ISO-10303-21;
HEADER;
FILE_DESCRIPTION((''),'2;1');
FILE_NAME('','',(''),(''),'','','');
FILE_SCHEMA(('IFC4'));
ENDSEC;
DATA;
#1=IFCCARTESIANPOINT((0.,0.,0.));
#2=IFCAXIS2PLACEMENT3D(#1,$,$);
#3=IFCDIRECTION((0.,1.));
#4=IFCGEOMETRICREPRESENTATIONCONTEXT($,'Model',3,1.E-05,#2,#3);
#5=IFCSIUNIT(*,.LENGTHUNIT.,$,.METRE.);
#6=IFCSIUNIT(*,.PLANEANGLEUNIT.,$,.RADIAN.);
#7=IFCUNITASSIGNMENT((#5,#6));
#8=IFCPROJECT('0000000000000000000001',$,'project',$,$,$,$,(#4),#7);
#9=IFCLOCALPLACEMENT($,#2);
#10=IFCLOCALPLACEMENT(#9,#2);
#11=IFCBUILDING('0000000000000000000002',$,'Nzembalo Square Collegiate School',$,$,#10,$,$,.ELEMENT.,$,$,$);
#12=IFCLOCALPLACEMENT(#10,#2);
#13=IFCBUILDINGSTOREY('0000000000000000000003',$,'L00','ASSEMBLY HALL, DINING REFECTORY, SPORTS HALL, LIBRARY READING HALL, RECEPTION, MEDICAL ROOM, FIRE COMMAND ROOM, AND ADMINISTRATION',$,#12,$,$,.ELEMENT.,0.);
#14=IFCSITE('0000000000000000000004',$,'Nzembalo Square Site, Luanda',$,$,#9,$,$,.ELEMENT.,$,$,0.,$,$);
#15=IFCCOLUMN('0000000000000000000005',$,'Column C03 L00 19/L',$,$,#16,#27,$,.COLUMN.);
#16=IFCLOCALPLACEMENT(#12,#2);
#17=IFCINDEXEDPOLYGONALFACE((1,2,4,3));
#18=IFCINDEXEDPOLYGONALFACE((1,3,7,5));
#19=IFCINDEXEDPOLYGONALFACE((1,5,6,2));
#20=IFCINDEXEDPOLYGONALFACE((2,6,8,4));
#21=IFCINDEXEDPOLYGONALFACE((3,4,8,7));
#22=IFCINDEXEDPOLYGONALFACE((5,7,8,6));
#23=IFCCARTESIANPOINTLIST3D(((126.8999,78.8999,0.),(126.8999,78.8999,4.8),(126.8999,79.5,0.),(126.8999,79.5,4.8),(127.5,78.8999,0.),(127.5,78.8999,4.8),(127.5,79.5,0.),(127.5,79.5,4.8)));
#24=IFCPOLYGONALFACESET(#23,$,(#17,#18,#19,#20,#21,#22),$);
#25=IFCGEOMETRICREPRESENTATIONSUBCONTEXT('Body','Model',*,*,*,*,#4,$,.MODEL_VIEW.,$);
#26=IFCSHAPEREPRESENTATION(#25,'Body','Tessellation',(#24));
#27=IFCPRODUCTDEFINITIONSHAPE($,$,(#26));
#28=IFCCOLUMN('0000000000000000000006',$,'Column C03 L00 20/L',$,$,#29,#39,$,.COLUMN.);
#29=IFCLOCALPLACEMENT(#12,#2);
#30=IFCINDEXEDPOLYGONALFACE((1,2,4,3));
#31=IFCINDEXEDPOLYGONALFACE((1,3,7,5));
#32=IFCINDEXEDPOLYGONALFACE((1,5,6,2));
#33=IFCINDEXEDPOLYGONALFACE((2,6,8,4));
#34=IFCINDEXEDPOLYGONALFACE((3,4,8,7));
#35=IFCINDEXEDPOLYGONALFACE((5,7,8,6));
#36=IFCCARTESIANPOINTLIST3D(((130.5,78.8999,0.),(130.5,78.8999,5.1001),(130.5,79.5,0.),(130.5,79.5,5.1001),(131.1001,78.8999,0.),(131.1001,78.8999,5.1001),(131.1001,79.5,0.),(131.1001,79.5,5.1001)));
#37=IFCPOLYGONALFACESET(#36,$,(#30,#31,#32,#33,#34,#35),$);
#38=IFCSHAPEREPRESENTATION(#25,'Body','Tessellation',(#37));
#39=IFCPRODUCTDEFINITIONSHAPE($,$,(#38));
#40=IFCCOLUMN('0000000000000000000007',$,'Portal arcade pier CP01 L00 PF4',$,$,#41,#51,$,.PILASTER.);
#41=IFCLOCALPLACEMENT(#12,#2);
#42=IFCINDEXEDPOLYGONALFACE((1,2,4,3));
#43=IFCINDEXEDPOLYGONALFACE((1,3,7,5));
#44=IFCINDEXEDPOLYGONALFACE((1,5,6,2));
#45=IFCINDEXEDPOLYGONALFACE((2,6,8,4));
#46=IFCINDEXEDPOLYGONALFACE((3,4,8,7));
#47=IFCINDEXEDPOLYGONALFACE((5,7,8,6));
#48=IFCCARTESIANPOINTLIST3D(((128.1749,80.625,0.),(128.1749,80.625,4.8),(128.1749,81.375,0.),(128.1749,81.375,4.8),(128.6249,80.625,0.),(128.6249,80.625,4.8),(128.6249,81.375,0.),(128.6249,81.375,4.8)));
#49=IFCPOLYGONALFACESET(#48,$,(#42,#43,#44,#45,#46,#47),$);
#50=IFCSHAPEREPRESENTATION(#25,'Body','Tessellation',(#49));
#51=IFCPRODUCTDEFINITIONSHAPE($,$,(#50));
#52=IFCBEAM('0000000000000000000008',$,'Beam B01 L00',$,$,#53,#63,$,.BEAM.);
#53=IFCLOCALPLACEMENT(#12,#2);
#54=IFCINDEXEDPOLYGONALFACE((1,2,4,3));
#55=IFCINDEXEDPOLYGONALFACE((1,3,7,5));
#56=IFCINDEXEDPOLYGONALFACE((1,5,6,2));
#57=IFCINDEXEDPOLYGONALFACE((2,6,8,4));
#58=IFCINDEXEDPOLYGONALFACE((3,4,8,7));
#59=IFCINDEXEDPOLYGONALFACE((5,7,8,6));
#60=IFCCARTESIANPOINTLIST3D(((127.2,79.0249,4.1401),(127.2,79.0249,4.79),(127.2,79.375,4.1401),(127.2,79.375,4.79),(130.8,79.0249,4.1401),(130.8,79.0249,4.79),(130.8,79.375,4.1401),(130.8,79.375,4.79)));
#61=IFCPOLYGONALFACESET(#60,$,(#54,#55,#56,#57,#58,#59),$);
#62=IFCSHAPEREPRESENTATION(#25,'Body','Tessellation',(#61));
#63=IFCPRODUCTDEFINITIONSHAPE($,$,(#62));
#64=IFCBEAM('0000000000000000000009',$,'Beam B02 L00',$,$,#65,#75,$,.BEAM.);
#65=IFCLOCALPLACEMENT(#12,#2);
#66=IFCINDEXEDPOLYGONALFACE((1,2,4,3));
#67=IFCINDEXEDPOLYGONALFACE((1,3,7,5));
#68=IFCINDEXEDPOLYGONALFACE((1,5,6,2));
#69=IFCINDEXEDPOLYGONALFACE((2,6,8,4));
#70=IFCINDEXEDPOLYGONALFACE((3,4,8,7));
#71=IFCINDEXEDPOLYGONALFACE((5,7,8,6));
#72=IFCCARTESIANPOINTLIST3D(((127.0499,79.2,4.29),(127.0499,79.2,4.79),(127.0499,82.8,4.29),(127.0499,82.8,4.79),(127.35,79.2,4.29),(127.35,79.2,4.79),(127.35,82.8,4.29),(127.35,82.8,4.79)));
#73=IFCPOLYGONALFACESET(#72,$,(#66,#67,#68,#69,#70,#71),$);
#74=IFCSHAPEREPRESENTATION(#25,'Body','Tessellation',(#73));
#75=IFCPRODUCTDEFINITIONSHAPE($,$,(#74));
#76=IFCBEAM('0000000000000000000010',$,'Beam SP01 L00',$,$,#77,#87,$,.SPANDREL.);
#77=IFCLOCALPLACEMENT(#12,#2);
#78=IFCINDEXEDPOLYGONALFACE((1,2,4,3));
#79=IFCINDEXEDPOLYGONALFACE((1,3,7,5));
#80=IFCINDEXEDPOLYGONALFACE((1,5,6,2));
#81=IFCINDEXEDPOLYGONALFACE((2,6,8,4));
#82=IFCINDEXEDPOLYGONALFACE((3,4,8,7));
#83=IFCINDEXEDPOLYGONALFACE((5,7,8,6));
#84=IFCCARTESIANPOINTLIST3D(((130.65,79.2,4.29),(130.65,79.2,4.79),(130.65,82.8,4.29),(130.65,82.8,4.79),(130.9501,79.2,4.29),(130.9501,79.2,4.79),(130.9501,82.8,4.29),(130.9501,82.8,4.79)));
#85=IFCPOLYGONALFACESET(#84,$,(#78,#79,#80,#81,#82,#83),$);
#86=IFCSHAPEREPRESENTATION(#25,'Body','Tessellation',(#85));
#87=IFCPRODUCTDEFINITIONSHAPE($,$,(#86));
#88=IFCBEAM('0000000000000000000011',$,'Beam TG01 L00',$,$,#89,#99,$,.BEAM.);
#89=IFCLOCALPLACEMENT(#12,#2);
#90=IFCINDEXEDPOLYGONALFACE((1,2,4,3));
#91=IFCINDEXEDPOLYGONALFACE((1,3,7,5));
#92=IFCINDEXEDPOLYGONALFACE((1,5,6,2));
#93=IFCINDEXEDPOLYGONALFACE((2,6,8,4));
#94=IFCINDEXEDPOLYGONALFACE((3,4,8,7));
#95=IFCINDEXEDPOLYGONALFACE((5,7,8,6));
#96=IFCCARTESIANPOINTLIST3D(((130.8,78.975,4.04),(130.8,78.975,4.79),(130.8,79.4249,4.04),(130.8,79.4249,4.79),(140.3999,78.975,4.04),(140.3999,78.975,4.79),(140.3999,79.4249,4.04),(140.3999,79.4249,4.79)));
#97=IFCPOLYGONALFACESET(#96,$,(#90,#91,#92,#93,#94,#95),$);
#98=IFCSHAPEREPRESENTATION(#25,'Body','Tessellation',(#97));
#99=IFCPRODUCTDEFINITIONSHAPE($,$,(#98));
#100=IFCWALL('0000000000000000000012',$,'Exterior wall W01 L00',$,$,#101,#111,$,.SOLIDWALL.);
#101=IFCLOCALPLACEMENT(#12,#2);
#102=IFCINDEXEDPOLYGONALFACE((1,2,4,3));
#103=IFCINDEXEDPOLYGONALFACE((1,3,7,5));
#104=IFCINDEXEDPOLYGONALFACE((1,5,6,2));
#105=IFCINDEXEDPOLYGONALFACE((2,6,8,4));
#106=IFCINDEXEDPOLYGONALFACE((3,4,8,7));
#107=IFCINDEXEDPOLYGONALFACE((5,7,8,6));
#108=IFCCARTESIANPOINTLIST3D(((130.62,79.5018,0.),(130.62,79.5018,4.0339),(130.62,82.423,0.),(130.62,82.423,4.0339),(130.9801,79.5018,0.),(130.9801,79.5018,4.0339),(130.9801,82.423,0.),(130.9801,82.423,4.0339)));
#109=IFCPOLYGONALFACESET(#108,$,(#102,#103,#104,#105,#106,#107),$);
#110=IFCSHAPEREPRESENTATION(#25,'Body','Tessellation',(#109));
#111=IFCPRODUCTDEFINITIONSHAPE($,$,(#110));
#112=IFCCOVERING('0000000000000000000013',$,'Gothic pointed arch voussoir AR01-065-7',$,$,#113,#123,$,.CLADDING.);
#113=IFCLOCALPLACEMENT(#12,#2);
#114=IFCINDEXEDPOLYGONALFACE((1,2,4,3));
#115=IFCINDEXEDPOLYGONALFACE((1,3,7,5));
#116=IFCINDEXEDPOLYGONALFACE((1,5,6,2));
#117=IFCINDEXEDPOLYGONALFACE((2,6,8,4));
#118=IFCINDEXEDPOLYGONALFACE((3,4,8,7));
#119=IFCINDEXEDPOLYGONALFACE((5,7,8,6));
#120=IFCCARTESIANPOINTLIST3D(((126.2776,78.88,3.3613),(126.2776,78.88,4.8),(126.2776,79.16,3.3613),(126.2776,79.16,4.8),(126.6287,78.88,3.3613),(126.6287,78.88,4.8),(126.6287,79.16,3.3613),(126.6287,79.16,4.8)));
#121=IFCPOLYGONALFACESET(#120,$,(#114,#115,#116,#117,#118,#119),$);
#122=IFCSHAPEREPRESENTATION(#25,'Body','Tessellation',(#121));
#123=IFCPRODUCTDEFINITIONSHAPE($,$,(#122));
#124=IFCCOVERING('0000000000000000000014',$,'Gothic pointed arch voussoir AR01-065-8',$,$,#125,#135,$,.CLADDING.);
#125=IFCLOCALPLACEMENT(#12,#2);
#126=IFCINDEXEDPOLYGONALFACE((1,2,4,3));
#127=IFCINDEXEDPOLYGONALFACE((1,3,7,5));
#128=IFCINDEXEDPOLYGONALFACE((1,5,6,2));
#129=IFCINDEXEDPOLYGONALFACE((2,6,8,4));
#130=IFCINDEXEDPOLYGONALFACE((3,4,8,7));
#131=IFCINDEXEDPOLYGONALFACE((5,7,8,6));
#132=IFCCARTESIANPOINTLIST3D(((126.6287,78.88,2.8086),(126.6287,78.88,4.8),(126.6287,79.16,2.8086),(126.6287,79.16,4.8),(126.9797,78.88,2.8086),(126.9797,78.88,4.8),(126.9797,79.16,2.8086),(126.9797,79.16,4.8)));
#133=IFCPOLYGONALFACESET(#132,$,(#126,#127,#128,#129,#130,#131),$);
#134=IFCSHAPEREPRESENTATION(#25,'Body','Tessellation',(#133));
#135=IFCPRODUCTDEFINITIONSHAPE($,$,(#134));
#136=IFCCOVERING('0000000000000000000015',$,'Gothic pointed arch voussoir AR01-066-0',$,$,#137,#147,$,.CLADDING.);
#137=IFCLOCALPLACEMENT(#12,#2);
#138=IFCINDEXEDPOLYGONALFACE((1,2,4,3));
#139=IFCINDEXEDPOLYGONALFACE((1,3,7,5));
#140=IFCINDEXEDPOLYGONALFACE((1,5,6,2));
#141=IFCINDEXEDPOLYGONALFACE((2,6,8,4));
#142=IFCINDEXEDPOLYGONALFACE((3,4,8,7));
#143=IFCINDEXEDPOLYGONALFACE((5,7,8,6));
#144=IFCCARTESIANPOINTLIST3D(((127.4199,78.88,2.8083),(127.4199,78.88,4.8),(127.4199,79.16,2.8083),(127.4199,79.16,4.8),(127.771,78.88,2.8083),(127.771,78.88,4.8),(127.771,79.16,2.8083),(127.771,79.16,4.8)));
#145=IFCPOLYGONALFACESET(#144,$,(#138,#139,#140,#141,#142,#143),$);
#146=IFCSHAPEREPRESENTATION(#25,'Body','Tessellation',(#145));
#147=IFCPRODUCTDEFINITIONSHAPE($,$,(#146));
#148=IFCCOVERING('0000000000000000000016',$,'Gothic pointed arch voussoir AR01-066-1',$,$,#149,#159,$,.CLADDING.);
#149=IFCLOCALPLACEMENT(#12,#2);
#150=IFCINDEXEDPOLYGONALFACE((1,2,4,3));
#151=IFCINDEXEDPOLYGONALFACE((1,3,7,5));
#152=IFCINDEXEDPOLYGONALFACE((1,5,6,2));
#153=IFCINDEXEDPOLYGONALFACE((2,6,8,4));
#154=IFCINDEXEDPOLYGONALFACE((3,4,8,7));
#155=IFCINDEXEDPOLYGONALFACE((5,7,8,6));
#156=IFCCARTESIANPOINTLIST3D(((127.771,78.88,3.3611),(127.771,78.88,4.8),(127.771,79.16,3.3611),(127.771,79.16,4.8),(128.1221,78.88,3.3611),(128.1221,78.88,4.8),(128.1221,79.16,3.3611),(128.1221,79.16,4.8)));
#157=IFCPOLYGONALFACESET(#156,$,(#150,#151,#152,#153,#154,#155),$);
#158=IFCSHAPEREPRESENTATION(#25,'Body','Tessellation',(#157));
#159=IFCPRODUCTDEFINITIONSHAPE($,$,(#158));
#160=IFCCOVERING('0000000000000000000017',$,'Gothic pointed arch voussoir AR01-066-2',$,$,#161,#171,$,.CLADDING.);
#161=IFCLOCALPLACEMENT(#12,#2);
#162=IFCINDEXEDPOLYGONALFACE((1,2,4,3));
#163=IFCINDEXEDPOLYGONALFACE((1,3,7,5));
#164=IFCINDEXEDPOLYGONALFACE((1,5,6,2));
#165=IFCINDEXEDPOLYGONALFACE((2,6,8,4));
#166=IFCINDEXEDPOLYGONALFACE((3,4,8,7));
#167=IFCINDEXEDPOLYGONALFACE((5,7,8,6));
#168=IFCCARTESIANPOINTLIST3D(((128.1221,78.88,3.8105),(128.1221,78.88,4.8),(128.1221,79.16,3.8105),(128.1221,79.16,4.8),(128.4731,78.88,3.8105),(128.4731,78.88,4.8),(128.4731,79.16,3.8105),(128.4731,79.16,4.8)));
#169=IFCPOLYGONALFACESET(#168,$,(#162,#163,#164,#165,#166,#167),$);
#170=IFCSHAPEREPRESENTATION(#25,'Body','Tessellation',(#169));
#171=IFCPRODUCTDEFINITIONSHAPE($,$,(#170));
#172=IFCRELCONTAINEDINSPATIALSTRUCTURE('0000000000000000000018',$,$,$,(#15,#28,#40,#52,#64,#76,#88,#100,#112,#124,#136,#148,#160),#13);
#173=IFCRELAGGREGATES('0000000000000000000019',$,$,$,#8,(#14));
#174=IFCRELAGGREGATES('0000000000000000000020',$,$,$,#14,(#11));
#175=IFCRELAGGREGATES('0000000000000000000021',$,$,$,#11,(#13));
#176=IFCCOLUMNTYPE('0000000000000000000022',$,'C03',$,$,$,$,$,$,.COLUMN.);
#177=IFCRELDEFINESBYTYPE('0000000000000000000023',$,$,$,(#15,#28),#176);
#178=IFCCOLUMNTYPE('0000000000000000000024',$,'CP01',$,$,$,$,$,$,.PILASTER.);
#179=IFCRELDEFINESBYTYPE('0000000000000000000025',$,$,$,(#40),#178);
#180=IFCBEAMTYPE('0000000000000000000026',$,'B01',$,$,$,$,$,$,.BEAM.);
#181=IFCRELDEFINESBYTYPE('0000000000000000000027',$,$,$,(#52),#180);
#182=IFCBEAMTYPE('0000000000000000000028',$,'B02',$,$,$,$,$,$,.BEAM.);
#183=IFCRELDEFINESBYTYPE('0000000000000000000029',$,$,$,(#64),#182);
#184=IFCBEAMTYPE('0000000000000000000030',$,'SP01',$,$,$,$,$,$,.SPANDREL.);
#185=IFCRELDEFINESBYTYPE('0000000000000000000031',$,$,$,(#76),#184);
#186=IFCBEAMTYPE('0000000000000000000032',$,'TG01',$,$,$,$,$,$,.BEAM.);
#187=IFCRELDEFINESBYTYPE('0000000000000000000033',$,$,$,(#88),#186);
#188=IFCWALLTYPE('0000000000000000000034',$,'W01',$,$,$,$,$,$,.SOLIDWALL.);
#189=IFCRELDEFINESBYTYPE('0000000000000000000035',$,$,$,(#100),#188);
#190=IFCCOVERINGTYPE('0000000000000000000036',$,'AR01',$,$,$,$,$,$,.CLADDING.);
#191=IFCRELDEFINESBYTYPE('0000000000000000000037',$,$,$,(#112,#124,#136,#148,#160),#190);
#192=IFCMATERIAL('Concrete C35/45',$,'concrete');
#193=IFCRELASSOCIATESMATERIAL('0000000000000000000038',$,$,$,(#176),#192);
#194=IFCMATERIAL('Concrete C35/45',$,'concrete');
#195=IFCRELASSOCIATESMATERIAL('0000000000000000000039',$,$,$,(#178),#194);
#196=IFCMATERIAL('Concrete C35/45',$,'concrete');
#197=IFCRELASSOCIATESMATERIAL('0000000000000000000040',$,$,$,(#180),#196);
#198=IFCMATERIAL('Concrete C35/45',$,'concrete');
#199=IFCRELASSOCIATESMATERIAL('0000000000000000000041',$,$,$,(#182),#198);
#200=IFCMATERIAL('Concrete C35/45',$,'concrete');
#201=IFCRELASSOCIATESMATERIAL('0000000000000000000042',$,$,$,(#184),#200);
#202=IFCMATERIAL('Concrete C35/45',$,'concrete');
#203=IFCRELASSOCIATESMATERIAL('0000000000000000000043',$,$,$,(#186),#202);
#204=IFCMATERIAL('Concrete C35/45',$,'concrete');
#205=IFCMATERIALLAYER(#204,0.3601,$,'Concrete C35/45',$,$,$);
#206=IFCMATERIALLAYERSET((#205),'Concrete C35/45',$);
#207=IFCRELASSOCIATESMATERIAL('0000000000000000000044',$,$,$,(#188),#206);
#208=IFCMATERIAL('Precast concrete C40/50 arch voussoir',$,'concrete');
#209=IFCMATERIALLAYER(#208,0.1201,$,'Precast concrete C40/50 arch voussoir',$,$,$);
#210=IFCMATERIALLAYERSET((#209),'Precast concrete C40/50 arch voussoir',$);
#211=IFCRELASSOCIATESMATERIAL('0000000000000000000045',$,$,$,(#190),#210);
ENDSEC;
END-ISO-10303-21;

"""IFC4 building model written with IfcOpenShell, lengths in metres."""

from ifc_helpers import new_model, si_unit, direction, frame, frame_2d, origin, origin_2d, place, context, subcontext, project, spatial, rectangle, extrude, material, layer, layer_set, material_profile, profile_set, type_object, element, save


model = new_model("IFC4")

# Units and contexts
model_context = context("Model", 3, precision=1e-05, world=origin(), true_north=direction((0.0, 1.0)))
body_context = subcontext(model_context, "Body", "Model", "MODEL_VIEW")
ifc_project = project(units=[si_unit("LENGTHUNIT", "METRE"), si_unit("PLANEANGLEUNIT", "RADIAN")], contexts=[model_context])

# Site, building, storey
site_placement = place(None, origin())
site = spatial("IfcSite", under=ifc_project, at=site_placement, Name="Nzembalo Square Site, Luanda", CompositionType="ELEMENT", RefElevation=0.0)
building_placement = place(site_placement, origin())
building = spatial("IfcBuilding", under=site, at=building_placement, Name="Nzembalo Square Collegiate School", CompositionType="ELEMENT")
storey_placement = place(building_placement, origin())
storey = spatial("IfcBuildingStorey", under=building, at=storey_placement, Name="L00", Description="ASSEMBLY HALL, DINING REFECTORY, SPORTS HALL, LIBRARY READING HALL, RECEPTION, MEDICAL ROOM, FIRE COMMAND ROOM, AND ADMINISTRATION", CompositionType="ELEMENT", Elevation=0.0)

# Columns
ifc_material_1 = material(Name="Concrete C35/45", Category="concrete")
ifc_material_profile_1 = material_profile(ifc_material_1, rectangle(XDim=0.6001, YDim=0.6001, at=origin_2d()), Name="RC 600x600")
ifc_profile_set_1 = profile_set([ifc_material_profile_1], Name="Concrete C35/45")
column_type_1 = type_object("IfcColumnType", Name="C03", PredefinedType="COLUMN", material=ifc_profile_set_1)
column_1_placement = place(storey_placement, frame((127.2, 79.2, 0.0), z_axis=(0.0, 0.0, 1.0), x_axis=(1.0, 0.0, 0.0)))
element("IfcColumn", 1, at=column_1_placement, inside=storey, type_object=column_type_1, Name="Column C03 L00 19/L", PredefinedType="COLUMN", context=body_context, shape_type="SweptSolid", body=[
    extrude(rectangle(XDim=0.6001, YDim=0.6001, at=origin_2d()), origin(), (0.0, 0.0, 1.0), 4.8),
])
column_2_placement = place(storey_placement, frame((130.8, 79.2, 0.0), z_axis=(0.0, 0.0, 1.0), x_axis=(1.0, 0.0, 0.0)))
element("IfcColumn", 2, at=column_2_placement, inside=storey, type_object=column_type_1, Name="Column C03 L00 20/L", PredefinedType="COLUMN", context=body_context, shape_type="SweptSolid", body=[
    extrude(rectangle(XDim=0.6001, YDim=0.6001, at=origin_2d()), origin(), (0.0, 0.0, 1.0), 5.1001),
])
ifc_material_2 = material(Name="Concrete C35/45", Category="concrete")
ifc_material_profile_2 = material_profile(ifc_material_2, rectangle(XDim=0.45, YDim=0.75, at=origin_2d()), Name="RC 450x750")
ifc_profile_set_2 = profile_set([ifc_material_profile_2], Name="Concrete C35/45")
column_type_2 = type_object("IfcColumnType", Name="CP01", PredefinedType="PILASTER", material=ifc_profile_set_2)
column_3_placement = place(storey_placement, frame((128.3999, 81.0, 0.0), z_axis=(0.0, 0.0, 1.0), x_axis=(1.0, 0.0, 0.0)))
element("IfcColumn", 3, at=column_3_placement, inside=storey, type_object=column_type_2, Name="Portal arcade pier CP01 L00 PF4", PredefinedType="PILASTER", context=body_context, shape_type="SweptSolid", body=[
    extrude(rectangle(XDim=0.45, YDim=0.75, at=origin_2d()), origin(), (0.0, 0.0, 1.0), 4.8),
])

# Beams
ifc_material_3 = material(Name="Concrete C35/45", Category="concrete")
ifc_material_profile_3 = material_profile(ifc_material_3, rectangle(XDim=0.3501, YDim=0.6499, at=origin_2d()), Name="RC 350x650")
ifc_profile_set_3 = profile_set([ifc_material_profile_3], Name="Concrete C35/45")
beam_type_1 = type_object("IfcBeamType", Name="B01", PredefinedType="BEAM", material=ifc_profile_set_3)
beam_1_placement = place(storey_placement, frame((127.2, 79.2, 4.4651), z_axis=(1.0, 0.0, 0.0), x_axis=(0.0, 1.0, 0.0)))
element("IfcBeam", 4, at=beam_1_placement, inside=storey, type_object=beam_type_1, Name="Beam B01 L00", PredefinedType="BEAM", context=body_context, shape_type="SweptSolid", body=[
    extrude(rectangle(XDim=0.3501, YDim=0.6499, at=origin_2d()), origin(), (0.0, 0.0, 1.0), 3.6001),
])
ifc_material_4 = material(Name="Concrete C35/45", Category="concrete")
ifc_material_profile_4 = material_profile(ifc_material_4, rectangle(XDim=0.3, YDim=0.5, at=origin_2d()), Name="RC 300x500")
ifc_profile_set_4 = profile_set([ifc_material_profile_4], Name="Concrete C35/45")
beam_type_2 = type_object("IfcBeamType", Name="B02", PredefinedType="BEAM", material=ifc_profile_set_4)
beam_2_placement = place(storey_placement, frame((127.2, 79.2, 4.54), z_axis=(0.0, 1.0, 0.0), x_axis=(-1.0, 0.0, 0.0)))
element("IfcBeam", 5, at=beam_2_placement, inside=storey, type_object=beam_type_2, Name="Beam B02 L00", PredefinedType="BEAM", context=body_context, shape_type="SweptSolid", body=[
    extrude(rectangle(XDim=0.3, YDim=0.5, at=origin_2d()), origin(), (0.0, 0.0, 1.0), 3.6001),
])
ifc_material_5 = material(Name="Concrete C35/45", Category="concrete")
ifc_material_profile_5 = material_profile(ifc_material_5, rectangle(XDim=0.3, YDim=0.5, at=origin_2d()), Name="RC 300x500")
ifc_profile_set_5 = profile_set([ifc_material_profile_5], Name="Concrete C35/45")
beam_type_3 = type_object("IfcBeamType", Name="SP01", PredefinedType="SPANDREL", material=ifc_profile_set_5)
beam_3_placement = place(storey_placement, frame((130.8, 79.2, 4.54), z_axis=(0.0, 1.0, 0.0), x_axis=(-1.0, 0.0, 0.0)))
element("IfcBeam", 6, at=beam_3_placement, inside=storey, type_object=beam_type_3, Name="Beam SP01 L00", PredefinedType="SPANDREL", context=body_context, shape_type="SweptSolid", body=[
    extrude(rectangle(XDim=0.3, YDim=0.5, at=origin_2d()), origin(), (0.0, 0.0, 1.0), 3.6001),
])
ifc_material_6 = material(Name="Concrete C35/45", Category="concrete")
ifc_material_profile_6 = material_profile(ifc_material_6, rectangle(XDim=0.45, YDim=0.75, at=origin_2d()), Name="RC 450x750")
ifc_profile_set_6 = profile_set([ifc_material_profile_6], Name="Concrete C35/45")
beam_type_4 = type_object("IfcBeamType", Name="TG01", PredefinedType="BEAM", material=ifc_profile_set_6)
beam_4_placement = place(storey_placement, frame((130.8, 79.2, 4.415), z_axis=(1.0, 0.0, 0.0), x_axis=(0.0, 1.0, 0.0)))
element("IfcBeam", 7, at=beam_4_placement, inside=storey, type_object=beam_type_4, Name="Beam TG01 L00", PredefinedType="BEAM", context=body_context, shape_type="SweptSolid", body=[
    extrude(rectangle(XDim=0.45, YDim=0.75, at=origin_2d()), origin(), (0.0, 0.0, 1.0), 9.5999),
])

# Wall
ifc_material_7 = material(Name="Concrete C35/45", Category="concrete")
ifc_layer_1 = layer(ifc_material_7, 0.3601, Name="Concrete C35/45")
ifc_layer_set_1 = layer_set([ifc_layer_1], Name="Concrete C35/45")
wall_type = type_object("IfcWallType", Name="W01", PredefinedType="SOLIDWALL", material=ifc_layer_set_1)
wall_placement = place(storey_placement, frame((130.8, 79.502, 0.0), z_axis=(0.0, 0.0, 1.0), x_axis=(0.0, 1.0, 0.0)))
element("IfcWall", 8, at=wall_placement, inside=storey, type_object=wall_type, Name="Exterior wall W01 L00", PredefinedType="SOLIDWALL", context=body_context, shape_type="SweptSolid", body=[
    extrude(rectangle(XDim=2.9211, YDim=0.3601, at=frame_2d((1.4604, 0.0))), origin(), (0.0, 0.0, 1.0), 4.0339),
])

# Coverings
ifc_material_8 = material(Name="Precast concrete C40/50 arch voussoir", Category="concrete")
ifc_layer_2 = layer(ifc_material_8, 0.1201, Name="Precast concrete C40/50 arch voussoir")
ifc_layer_set_2 = layer_set([ifc_layer_2], Name="Precast concrete C40/50 arch voussoir")
covering_type_1 = type_object("IfcCoveringType", Name="AR01", PredefinedType="CLADDING", material=ifc_layer_set_2)
covering_1_placement = place(storey_placement, frame((126.4531, 79.02, 3.3613), z_axis=(0.0, 0.0, 1.0), x_axis=(1.0, 0.0, 0.0)))
element("IfcCovering", 9, at=covering_1_placement, inside=storey, type_object=covering_type_1, Name="Gothic pointed arch voussoir AR01-065-7", PredefinedType="CLADDING", context=body_context, shape_type="SweptSolid", body=[
    extrude(rectangle(XDim=0.3511, YDim=0.28, at=origin_2d()), origin(), (0.0, 0.0, 1.0), 1.4387),
])
covering_2_placement = place(storey_placement, frame((126.8042, 79.02, 2.8086), z_axis=(0.0, 0.0, 1.0), x_axis=(1.0, 0.0, 0.0)))
element("IfcCovering", 10, at=covering_2_placement, inside=storey, type_object=covering_type_1, Name="Gothic pointed arch voussoir AR01-065-8", PredefinedType="CLADDING", context=body_context, shape_type="SweptSolid", body=[
    extrude(rectangle(XDim=0.3511, YDim=0.28, at=origin_2d()), origin(), (0.0, 0.0, 1.0), 1.9915),
])
covering_3_placement = place(storey_placement, frame((127.5955, 79.02, 2.8083), z_axis=(0.0, 0.0, 1.0), x_axis=(1.0, 0.0, 0.0)))
element("IfcCovering", 11, at=covering_3_placement, inside=storey, type_object=covering_type_1, Name="Gothic pointed arch voussoir AR01-066-0", PredefinedType="CLADDING", context=body_context, shape_type="SweptSolid", body=[
    extrude(rectangle(XDim=0.3511, YDim=0.28, at=origin_2d()), origin(), (0.0, 0.0, 1.0), 1.9917),
])
covering_4_placement = place(storey_placement, frame((127.9465, 79.02, 3.3611), z_axis=(0.0, 0.0, 1.0), x_axis=(1.0, 0.0, 0.0)))
element("IfcCovering", 12, at=covering_4_placement, inside=storey, type_object=covering_type_1, Name="Gothic pointed arch voussoir AR01-066-1", PredefinedType="CLADDING", context=body_context, shape_type="SweptSolid", body=[
    extrude(rectangle(XDim=0.3511, YDim=0.28, at=origin_2d()), origin(), (0.0, 0.0, 1.0), 1.439),
])
covering_5_placement = place(storey_placement, frame((128.2976, 79.02, 3.8105), z_axis=(0.0, 0.0, 1.0), x_axis=(1.0, 0.0, 0.0)))
element("IfcCovering", 13, at=covering_5_placement, inside=storey, type_object=covering_type_1, Name="Gothic pointed arch voussoir AR01-066-2", PredefinedType="CLADDING", context=body_context, shape_type="SweptSolid", body=[
    extrude(rectangle(XDim=0.3511, YDim=0.28, at=origin_2d()), origin(), (0.0, 0.0, 1.0), 0.9895),
])

save(model, "model.ifc")
